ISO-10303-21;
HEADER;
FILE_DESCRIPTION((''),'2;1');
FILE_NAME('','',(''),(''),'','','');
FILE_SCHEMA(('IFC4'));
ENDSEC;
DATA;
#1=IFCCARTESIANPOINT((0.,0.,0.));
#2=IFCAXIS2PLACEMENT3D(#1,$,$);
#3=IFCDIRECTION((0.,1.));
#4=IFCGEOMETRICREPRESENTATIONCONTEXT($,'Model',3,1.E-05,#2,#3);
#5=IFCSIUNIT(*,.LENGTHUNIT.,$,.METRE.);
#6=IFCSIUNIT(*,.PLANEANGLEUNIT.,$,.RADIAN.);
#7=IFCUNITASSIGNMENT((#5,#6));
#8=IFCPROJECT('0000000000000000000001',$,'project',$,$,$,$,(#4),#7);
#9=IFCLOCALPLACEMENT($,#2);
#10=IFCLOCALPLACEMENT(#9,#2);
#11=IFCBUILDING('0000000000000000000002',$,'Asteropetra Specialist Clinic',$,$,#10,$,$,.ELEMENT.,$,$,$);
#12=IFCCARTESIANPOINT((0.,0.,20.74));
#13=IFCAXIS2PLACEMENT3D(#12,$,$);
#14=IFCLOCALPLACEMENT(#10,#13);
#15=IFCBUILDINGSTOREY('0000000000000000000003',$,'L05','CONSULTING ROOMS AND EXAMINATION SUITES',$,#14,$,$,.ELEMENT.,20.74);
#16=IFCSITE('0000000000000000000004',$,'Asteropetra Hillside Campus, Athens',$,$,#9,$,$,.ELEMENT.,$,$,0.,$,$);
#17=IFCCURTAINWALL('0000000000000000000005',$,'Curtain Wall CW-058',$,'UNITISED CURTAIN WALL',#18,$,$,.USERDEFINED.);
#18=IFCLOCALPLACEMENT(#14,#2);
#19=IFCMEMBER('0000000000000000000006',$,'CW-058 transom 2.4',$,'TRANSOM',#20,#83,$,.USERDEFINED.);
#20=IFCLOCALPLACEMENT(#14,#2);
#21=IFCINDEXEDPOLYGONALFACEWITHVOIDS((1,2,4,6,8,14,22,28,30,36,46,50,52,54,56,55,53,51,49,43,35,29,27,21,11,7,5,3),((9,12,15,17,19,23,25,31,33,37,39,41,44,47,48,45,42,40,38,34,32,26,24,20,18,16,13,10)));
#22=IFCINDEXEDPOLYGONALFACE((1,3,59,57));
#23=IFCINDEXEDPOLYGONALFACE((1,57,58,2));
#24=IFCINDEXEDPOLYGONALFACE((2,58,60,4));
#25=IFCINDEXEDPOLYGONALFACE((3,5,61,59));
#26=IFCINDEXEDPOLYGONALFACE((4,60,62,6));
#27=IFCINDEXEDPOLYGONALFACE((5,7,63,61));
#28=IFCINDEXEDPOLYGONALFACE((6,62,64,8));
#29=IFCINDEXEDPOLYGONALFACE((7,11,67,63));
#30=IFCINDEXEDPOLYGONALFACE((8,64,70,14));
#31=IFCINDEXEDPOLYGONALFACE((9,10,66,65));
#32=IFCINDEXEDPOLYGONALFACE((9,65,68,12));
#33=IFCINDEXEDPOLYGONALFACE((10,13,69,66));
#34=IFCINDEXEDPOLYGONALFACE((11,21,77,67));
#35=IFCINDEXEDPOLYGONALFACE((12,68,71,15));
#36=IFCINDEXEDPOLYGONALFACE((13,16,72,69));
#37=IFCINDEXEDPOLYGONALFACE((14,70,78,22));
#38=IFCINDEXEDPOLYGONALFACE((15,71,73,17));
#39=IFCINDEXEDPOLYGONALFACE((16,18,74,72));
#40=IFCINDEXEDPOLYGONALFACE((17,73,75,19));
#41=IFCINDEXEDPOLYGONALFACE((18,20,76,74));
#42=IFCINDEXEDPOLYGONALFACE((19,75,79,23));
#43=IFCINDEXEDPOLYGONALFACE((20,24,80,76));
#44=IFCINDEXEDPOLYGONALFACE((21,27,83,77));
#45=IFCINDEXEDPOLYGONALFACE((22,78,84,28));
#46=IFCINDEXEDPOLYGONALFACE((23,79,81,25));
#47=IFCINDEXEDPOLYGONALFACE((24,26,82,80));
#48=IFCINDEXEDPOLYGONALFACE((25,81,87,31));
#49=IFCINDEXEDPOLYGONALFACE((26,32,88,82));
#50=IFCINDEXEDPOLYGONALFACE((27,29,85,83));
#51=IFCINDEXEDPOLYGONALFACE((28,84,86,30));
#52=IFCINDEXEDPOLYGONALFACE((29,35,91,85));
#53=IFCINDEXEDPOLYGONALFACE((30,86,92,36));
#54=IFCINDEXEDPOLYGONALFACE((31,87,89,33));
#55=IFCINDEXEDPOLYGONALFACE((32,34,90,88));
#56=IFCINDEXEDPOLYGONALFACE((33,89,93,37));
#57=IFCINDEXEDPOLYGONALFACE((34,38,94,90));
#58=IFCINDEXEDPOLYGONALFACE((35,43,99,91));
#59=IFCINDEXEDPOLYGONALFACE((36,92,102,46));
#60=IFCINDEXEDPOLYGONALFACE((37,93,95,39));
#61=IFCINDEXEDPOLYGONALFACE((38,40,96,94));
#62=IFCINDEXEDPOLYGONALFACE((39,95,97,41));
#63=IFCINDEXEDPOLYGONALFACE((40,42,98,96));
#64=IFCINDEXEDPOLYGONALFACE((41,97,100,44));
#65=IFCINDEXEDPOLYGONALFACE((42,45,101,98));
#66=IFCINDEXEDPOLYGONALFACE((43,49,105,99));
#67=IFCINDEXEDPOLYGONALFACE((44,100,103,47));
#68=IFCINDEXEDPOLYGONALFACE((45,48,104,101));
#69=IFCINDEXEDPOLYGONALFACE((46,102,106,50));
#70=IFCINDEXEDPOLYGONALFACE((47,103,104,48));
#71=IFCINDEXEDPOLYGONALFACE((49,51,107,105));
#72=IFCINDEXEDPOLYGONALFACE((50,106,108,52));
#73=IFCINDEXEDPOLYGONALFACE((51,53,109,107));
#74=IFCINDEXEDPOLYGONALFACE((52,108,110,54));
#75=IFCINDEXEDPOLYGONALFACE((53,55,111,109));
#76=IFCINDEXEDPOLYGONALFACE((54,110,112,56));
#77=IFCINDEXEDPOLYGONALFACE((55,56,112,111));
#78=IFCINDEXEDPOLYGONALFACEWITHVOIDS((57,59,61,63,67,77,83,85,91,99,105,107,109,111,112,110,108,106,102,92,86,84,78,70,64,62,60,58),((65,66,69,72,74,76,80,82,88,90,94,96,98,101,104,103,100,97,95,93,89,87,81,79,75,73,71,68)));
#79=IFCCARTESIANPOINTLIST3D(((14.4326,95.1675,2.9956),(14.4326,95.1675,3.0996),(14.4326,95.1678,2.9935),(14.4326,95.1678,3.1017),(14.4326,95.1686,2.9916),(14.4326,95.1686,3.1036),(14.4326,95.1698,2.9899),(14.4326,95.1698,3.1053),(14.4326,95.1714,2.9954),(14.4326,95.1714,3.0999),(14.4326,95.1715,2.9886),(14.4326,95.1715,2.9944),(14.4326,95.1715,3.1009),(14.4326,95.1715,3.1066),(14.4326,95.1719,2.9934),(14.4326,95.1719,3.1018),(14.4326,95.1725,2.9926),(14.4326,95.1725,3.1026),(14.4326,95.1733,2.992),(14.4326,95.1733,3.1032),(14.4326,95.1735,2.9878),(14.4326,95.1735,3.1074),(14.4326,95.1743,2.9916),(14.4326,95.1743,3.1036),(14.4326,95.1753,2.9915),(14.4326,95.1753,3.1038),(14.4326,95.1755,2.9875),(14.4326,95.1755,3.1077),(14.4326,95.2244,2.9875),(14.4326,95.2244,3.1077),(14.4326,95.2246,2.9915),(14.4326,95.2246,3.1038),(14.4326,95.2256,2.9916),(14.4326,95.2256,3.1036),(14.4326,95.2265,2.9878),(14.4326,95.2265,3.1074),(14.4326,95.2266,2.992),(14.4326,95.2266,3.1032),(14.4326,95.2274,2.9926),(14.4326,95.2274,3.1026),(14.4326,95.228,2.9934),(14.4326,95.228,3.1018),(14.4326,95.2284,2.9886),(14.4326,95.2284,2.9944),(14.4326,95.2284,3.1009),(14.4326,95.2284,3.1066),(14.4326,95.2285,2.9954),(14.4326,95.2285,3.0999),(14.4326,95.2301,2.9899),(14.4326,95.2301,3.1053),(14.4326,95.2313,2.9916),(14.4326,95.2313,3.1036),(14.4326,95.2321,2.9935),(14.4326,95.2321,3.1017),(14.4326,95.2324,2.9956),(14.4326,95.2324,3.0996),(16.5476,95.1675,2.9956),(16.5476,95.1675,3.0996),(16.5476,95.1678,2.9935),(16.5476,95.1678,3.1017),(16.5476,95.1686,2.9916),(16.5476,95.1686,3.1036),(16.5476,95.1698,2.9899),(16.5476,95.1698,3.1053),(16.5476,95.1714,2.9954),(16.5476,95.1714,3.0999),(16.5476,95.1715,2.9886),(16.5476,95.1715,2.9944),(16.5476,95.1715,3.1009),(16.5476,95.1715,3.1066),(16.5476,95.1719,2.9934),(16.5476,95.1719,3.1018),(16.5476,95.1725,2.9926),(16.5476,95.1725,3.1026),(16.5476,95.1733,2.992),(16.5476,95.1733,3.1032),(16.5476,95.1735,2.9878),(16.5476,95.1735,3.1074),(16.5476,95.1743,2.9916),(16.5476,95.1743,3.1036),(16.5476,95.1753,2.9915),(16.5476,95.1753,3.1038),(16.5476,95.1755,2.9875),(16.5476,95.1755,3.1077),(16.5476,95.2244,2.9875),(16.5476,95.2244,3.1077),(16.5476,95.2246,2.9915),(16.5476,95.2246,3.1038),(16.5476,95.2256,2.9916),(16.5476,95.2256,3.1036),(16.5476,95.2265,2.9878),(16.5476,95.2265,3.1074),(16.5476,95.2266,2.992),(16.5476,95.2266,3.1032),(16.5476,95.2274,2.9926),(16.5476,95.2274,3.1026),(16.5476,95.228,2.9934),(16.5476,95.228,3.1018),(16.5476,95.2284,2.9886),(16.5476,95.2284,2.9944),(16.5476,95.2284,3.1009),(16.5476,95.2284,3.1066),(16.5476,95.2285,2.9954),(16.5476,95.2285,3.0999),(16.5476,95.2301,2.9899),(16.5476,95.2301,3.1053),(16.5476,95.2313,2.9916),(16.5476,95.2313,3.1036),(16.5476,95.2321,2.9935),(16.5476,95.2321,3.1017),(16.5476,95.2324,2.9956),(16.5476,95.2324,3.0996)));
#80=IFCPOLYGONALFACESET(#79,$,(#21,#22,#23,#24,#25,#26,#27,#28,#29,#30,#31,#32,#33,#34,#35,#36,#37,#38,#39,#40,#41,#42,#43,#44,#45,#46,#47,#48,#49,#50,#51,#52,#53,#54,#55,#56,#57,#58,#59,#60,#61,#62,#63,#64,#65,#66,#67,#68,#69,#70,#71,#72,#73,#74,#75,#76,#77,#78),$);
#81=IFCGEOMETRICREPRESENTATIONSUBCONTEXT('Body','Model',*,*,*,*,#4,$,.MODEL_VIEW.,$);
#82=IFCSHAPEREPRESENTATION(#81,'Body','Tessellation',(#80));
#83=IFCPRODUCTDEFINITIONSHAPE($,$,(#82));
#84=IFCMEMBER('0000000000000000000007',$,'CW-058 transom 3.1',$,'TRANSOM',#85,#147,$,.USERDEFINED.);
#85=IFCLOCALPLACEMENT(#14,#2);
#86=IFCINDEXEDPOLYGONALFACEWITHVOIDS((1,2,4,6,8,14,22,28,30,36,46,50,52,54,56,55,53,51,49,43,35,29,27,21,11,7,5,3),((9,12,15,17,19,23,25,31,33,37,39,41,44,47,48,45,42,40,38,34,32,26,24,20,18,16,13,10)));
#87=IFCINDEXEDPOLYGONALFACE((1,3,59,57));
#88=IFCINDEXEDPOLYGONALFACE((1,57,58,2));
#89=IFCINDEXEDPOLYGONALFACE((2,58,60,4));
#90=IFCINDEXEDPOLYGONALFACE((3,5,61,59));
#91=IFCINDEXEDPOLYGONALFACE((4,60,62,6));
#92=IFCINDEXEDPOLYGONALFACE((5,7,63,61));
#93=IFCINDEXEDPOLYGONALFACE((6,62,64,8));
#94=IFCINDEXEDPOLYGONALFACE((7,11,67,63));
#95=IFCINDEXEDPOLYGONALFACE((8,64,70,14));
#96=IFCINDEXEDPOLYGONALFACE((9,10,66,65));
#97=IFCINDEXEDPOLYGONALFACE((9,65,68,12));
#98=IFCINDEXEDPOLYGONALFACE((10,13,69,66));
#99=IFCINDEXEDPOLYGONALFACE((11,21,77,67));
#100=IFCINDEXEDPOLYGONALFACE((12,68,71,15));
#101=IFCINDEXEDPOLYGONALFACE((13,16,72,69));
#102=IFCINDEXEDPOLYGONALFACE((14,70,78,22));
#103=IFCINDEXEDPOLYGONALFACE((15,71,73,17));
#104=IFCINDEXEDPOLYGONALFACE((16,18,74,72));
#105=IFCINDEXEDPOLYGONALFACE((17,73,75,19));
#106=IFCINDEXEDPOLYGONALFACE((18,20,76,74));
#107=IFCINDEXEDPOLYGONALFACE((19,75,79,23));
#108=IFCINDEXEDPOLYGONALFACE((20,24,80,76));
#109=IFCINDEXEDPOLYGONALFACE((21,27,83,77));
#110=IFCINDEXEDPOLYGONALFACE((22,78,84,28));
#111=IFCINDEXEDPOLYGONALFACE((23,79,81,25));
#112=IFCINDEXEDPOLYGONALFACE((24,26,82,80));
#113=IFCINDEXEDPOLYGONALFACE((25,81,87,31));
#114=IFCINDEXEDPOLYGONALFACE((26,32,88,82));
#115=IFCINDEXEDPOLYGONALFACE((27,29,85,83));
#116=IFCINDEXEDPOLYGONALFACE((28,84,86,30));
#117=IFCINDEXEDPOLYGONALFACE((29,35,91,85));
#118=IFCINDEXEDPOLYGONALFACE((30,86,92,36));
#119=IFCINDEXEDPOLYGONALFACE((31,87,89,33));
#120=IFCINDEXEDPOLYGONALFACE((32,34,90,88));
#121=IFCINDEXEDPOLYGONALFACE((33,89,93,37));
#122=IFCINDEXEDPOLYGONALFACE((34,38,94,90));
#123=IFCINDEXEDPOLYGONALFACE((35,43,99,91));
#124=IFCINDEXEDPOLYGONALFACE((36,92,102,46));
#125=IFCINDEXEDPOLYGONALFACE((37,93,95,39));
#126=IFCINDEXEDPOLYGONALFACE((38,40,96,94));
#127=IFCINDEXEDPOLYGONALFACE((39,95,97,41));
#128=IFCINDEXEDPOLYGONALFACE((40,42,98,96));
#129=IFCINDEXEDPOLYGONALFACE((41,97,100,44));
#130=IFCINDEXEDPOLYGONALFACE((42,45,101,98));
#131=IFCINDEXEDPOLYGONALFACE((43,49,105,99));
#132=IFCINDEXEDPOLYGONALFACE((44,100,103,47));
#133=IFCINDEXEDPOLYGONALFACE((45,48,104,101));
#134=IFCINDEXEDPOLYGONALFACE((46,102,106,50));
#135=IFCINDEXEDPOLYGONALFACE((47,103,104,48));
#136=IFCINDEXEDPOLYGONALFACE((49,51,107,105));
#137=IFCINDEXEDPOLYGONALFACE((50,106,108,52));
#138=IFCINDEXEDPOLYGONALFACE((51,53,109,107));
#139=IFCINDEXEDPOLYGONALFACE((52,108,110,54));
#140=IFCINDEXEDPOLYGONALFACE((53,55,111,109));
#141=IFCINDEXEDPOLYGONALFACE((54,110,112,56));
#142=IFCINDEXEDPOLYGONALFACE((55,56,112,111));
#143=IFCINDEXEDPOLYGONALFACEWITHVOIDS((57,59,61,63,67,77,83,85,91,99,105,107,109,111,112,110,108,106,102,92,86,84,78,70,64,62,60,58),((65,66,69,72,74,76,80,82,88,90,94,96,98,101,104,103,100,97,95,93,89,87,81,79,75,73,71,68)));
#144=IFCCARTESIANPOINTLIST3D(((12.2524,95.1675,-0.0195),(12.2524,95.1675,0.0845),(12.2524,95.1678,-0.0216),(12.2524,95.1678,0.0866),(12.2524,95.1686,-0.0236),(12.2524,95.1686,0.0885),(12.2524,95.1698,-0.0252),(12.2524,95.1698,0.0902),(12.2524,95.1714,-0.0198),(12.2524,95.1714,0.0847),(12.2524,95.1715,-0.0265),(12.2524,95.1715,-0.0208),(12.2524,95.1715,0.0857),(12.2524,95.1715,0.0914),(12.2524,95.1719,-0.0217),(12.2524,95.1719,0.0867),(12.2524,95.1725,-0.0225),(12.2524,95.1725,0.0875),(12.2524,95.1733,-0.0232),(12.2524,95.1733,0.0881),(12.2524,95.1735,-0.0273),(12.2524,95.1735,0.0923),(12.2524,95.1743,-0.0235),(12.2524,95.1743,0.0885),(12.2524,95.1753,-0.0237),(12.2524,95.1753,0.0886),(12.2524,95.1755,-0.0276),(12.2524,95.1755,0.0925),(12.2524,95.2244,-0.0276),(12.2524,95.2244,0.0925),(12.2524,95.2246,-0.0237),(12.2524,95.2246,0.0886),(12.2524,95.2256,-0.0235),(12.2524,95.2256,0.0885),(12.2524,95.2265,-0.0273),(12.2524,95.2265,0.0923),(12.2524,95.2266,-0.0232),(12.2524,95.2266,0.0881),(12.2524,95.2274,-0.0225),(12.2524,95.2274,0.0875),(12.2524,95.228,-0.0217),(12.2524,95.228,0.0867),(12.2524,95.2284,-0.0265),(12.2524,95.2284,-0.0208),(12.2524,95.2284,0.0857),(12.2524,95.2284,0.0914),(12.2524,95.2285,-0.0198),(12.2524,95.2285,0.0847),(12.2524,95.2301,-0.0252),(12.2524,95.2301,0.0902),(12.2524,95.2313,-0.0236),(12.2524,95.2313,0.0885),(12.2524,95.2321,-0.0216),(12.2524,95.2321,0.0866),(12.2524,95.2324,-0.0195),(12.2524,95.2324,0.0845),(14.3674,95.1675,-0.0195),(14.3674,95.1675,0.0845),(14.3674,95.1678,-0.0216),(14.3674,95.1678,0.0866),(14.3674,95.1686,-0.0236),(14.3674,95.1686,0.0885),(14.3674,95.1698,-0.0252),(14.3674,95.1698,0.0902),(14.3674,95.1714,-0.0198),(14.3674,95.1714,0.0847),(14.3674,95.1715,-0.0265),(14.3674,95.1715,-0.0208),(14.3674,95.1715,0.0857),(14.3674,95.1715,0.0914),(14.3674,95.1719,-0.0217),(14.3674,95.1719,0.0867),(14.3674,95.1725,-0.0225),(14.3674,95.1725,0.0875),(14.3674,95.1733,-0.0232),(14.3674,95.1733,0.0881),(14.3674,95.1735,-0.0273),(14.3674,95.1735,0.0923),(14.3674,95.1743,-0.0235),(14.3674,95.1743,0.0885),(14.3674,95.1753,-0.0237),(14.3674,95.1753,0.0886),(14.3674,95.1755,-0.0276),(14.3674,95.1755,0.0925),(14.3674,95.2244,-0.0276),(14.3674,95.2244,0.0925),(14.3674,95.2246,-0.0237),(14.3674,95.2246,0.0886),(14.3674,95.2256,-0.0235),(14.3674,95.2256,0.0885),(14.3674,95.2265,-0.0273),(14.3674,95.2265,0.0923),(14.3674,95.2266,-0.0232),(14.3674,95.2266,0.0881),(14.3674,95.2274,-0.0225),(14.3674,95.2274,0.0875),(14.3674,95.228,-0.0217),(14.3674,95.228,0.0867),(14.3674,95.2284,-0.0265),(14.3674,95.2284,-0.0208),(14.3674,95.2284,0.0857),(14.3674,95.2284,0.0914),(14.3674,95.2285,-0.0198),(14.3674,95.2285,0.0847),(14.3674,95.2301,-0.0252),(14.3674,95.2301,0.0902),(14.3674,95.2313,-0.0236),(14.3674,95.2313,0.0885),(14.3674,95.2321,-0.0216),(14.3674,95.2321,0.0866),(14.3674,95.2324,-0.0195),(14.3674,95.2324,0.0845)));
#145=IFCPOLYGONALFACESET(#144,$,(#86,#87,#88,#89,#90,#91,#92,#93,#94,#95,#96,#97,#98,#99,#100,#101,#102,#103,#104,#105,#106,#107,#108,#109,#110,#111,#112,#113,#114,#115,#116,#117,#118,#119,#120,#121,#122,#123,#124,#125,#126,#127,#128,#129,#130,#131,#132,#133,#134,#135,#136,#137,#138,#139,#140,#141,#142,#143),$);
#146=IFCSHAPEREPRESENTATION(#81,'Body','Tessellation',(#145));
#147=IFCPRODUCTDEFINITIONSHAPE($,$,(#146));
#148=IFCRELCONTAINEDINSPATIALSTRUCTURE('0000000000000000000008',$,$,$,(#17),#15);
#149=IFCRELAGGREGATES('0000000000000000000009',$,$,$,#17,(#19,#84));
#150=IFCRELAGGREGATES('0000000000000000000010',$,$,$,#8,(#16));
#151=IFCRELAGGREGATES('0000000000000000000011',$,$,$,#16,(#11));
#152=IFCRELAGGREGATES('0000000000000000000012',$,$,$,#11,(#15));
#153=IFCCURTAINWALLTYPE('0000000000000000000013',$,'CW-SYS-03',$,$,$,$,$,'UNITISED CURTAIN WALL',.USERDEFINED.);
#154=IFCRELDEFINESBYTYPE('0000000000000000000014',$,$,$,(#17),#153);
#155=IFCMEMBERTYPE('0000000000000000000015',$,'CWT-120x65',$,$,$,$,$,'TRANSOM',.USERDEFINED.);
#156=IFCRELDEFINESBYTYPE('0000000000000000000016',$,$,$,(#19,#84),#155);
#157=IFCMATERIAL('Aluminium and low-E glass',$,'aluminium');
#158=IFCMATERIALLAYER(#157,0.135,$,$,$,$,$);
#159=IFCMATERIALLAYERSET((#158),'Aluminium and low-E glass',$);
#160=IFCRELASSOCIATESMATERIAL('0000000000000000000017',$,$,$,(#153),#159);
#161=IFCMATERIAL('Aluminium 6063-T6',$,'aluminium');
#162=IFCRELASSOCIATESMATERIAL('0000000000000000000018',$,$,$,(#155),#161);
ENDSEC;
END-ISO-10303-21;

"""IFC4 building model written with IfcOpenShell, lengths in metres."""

from ifc_helpers import new_model, si_unit, direction, frame, origin, origin_2d, place, context, subcontext, project, spatial, hollow_rectangle, extrude, material, layer, layer_set, material_profile, profile_set, type_object, element, aggregate, save


model = new_model("IFC4")

# Units and contexts
model_context = context("Model", 3, precision=1e-05, world=origin(), true_north=direction((0.0, 1.0)))
body_context = subcontext(model_context, "Body", "Model", "MODEL_VIEW")
ifc_project = project(units=[si_unit("LENGTHUNIT", "METRE"), si_unit("PLANEANGLEUNIT", "RADIAN")], contexts=[model_context])

# Site, building, storey
site_placement = place(None, origin())
site = spatial("IfcSite", under=ifc_project, at=site_placement, Name="Asteropetra Hillside Campus, Athens", CompositionType="ELEMENT", RefElevation=0.0)
building_placement = place(site_placement, origin())
building = spatial("IfcBuilding", under=site, at=building_placement, Name="Asteropetra Specialist Clinic", CompositionType="ELEMENT")
storey_placement = place(building_placement, frame((0.0, 0.0, 20.74)))
storey = spatial("IfcBuildingStorey", under=building, at=storey_placement, Name="L05", Description="CONSULTING ROOMS AND EXAMINATION SUITES", CompositionType="ELEMENT", Elevation=20.74)

# Curtain wall, members
ifc_material_1 = material(Name="Aluminium and low-E glass", Category="aluminium")
ifc_layer_1 = layer(ifc_material_1, 0.135)
ifc_layer_set_1 = layer_set([ifc_layer_1], Name="Aluminium and low-E glass")
curtain_wall_type = type_object("IfcCurtainWallType", Name="CW-SYS-03", ElementType="UNITISED CURTAIN WALL", PredefinedType="USERDEFINED", material=ifc_layer_set_1)
curtain_wall_placement = place(storey_placement, origin())
curtain_wall = element("IfcCurtainWall", 1, at=curtain_wall_placement, inside=storey, type_object=curtain_wall_type, Name="Curtain Wall CW-058", ObjectType="UNITISED CURTAIN WALL", PredefinedType="USERDEFINED")
ifc_material_2 = material(Name="Aluminium 6063-T6", Category="aluminium")
ifc_material_profile_1 = material_profile(ifc_material_2, hollow_rectangle(XDim=0.0649, YDim=0.1201, WallThickness=0.0039, InnerFilletRadius=0.0039, OuterFilletRadius=0.0081, at=origin_2d()), Name="TRN 120x65x4.0")
ifc_profile_set_1 = profile_set([ifc_material_profile_1], Name="Aluminium 6063-T6")
member_type_1 = type_object("IfcMemberType", Name="CWT-120x65", ElementType="TRANSOM", PredefinedType="USERDEFINED", material=ifc_profile_set_1)
member_1_placement = place(storey_placement, frame((16.5476, 95.2, 3.0476), z_axis=(-1.0, 0.0, 0.0), x_axis=(0.0, -1.0, 0.0)))
member_1 = element("IfcMember", 2, at=member_1_placement, type_object=member_type_1, Name="CW-058 transom 2.4", ObjectType="TRANSOM", PredefinedType="USERDEFINED", context=body_context, shape_type="SweptSolid", body=[
    extrude(hollow_rectangle(XDim=0.0649, YDim=0.1201, WallThickness=0.0039, InnerFilletRadius=0.0039, OuterFilletRadius=0.0081, at=origin_2d()), origin(), (0.0, 0.0, 1.0), 2.115),
])
member_2_placement = place(storey_placement, frame((14.3674, 95.2, 0.0325), z_axis=(-1.0, 0.0, 0.0), x_axis=(0.0, -1.0, 0.0)))
member_2 = element("IfcMember", 3, at=member_2_placement, type_object=member_type_1, Name="CW-058 transom 3.1", ObjectType="TRANSOM", PredefinedType="USERDEFINED", context=body_context, shape_type="SweptSolid", body=[
    extrude(hollow_rectangle(XDim=0.0649, YDim=0.1201, WallThickness=0.0039, InnerFilletRadius=0.0039, OuterFilletRadius=0.0081, at=origin_2d()), origin(), (0.0, 0.0, 1.0), 2.115),
])
aggregate(curtain_wall, [member_1, member_2])

save(model, "model.ifc")
